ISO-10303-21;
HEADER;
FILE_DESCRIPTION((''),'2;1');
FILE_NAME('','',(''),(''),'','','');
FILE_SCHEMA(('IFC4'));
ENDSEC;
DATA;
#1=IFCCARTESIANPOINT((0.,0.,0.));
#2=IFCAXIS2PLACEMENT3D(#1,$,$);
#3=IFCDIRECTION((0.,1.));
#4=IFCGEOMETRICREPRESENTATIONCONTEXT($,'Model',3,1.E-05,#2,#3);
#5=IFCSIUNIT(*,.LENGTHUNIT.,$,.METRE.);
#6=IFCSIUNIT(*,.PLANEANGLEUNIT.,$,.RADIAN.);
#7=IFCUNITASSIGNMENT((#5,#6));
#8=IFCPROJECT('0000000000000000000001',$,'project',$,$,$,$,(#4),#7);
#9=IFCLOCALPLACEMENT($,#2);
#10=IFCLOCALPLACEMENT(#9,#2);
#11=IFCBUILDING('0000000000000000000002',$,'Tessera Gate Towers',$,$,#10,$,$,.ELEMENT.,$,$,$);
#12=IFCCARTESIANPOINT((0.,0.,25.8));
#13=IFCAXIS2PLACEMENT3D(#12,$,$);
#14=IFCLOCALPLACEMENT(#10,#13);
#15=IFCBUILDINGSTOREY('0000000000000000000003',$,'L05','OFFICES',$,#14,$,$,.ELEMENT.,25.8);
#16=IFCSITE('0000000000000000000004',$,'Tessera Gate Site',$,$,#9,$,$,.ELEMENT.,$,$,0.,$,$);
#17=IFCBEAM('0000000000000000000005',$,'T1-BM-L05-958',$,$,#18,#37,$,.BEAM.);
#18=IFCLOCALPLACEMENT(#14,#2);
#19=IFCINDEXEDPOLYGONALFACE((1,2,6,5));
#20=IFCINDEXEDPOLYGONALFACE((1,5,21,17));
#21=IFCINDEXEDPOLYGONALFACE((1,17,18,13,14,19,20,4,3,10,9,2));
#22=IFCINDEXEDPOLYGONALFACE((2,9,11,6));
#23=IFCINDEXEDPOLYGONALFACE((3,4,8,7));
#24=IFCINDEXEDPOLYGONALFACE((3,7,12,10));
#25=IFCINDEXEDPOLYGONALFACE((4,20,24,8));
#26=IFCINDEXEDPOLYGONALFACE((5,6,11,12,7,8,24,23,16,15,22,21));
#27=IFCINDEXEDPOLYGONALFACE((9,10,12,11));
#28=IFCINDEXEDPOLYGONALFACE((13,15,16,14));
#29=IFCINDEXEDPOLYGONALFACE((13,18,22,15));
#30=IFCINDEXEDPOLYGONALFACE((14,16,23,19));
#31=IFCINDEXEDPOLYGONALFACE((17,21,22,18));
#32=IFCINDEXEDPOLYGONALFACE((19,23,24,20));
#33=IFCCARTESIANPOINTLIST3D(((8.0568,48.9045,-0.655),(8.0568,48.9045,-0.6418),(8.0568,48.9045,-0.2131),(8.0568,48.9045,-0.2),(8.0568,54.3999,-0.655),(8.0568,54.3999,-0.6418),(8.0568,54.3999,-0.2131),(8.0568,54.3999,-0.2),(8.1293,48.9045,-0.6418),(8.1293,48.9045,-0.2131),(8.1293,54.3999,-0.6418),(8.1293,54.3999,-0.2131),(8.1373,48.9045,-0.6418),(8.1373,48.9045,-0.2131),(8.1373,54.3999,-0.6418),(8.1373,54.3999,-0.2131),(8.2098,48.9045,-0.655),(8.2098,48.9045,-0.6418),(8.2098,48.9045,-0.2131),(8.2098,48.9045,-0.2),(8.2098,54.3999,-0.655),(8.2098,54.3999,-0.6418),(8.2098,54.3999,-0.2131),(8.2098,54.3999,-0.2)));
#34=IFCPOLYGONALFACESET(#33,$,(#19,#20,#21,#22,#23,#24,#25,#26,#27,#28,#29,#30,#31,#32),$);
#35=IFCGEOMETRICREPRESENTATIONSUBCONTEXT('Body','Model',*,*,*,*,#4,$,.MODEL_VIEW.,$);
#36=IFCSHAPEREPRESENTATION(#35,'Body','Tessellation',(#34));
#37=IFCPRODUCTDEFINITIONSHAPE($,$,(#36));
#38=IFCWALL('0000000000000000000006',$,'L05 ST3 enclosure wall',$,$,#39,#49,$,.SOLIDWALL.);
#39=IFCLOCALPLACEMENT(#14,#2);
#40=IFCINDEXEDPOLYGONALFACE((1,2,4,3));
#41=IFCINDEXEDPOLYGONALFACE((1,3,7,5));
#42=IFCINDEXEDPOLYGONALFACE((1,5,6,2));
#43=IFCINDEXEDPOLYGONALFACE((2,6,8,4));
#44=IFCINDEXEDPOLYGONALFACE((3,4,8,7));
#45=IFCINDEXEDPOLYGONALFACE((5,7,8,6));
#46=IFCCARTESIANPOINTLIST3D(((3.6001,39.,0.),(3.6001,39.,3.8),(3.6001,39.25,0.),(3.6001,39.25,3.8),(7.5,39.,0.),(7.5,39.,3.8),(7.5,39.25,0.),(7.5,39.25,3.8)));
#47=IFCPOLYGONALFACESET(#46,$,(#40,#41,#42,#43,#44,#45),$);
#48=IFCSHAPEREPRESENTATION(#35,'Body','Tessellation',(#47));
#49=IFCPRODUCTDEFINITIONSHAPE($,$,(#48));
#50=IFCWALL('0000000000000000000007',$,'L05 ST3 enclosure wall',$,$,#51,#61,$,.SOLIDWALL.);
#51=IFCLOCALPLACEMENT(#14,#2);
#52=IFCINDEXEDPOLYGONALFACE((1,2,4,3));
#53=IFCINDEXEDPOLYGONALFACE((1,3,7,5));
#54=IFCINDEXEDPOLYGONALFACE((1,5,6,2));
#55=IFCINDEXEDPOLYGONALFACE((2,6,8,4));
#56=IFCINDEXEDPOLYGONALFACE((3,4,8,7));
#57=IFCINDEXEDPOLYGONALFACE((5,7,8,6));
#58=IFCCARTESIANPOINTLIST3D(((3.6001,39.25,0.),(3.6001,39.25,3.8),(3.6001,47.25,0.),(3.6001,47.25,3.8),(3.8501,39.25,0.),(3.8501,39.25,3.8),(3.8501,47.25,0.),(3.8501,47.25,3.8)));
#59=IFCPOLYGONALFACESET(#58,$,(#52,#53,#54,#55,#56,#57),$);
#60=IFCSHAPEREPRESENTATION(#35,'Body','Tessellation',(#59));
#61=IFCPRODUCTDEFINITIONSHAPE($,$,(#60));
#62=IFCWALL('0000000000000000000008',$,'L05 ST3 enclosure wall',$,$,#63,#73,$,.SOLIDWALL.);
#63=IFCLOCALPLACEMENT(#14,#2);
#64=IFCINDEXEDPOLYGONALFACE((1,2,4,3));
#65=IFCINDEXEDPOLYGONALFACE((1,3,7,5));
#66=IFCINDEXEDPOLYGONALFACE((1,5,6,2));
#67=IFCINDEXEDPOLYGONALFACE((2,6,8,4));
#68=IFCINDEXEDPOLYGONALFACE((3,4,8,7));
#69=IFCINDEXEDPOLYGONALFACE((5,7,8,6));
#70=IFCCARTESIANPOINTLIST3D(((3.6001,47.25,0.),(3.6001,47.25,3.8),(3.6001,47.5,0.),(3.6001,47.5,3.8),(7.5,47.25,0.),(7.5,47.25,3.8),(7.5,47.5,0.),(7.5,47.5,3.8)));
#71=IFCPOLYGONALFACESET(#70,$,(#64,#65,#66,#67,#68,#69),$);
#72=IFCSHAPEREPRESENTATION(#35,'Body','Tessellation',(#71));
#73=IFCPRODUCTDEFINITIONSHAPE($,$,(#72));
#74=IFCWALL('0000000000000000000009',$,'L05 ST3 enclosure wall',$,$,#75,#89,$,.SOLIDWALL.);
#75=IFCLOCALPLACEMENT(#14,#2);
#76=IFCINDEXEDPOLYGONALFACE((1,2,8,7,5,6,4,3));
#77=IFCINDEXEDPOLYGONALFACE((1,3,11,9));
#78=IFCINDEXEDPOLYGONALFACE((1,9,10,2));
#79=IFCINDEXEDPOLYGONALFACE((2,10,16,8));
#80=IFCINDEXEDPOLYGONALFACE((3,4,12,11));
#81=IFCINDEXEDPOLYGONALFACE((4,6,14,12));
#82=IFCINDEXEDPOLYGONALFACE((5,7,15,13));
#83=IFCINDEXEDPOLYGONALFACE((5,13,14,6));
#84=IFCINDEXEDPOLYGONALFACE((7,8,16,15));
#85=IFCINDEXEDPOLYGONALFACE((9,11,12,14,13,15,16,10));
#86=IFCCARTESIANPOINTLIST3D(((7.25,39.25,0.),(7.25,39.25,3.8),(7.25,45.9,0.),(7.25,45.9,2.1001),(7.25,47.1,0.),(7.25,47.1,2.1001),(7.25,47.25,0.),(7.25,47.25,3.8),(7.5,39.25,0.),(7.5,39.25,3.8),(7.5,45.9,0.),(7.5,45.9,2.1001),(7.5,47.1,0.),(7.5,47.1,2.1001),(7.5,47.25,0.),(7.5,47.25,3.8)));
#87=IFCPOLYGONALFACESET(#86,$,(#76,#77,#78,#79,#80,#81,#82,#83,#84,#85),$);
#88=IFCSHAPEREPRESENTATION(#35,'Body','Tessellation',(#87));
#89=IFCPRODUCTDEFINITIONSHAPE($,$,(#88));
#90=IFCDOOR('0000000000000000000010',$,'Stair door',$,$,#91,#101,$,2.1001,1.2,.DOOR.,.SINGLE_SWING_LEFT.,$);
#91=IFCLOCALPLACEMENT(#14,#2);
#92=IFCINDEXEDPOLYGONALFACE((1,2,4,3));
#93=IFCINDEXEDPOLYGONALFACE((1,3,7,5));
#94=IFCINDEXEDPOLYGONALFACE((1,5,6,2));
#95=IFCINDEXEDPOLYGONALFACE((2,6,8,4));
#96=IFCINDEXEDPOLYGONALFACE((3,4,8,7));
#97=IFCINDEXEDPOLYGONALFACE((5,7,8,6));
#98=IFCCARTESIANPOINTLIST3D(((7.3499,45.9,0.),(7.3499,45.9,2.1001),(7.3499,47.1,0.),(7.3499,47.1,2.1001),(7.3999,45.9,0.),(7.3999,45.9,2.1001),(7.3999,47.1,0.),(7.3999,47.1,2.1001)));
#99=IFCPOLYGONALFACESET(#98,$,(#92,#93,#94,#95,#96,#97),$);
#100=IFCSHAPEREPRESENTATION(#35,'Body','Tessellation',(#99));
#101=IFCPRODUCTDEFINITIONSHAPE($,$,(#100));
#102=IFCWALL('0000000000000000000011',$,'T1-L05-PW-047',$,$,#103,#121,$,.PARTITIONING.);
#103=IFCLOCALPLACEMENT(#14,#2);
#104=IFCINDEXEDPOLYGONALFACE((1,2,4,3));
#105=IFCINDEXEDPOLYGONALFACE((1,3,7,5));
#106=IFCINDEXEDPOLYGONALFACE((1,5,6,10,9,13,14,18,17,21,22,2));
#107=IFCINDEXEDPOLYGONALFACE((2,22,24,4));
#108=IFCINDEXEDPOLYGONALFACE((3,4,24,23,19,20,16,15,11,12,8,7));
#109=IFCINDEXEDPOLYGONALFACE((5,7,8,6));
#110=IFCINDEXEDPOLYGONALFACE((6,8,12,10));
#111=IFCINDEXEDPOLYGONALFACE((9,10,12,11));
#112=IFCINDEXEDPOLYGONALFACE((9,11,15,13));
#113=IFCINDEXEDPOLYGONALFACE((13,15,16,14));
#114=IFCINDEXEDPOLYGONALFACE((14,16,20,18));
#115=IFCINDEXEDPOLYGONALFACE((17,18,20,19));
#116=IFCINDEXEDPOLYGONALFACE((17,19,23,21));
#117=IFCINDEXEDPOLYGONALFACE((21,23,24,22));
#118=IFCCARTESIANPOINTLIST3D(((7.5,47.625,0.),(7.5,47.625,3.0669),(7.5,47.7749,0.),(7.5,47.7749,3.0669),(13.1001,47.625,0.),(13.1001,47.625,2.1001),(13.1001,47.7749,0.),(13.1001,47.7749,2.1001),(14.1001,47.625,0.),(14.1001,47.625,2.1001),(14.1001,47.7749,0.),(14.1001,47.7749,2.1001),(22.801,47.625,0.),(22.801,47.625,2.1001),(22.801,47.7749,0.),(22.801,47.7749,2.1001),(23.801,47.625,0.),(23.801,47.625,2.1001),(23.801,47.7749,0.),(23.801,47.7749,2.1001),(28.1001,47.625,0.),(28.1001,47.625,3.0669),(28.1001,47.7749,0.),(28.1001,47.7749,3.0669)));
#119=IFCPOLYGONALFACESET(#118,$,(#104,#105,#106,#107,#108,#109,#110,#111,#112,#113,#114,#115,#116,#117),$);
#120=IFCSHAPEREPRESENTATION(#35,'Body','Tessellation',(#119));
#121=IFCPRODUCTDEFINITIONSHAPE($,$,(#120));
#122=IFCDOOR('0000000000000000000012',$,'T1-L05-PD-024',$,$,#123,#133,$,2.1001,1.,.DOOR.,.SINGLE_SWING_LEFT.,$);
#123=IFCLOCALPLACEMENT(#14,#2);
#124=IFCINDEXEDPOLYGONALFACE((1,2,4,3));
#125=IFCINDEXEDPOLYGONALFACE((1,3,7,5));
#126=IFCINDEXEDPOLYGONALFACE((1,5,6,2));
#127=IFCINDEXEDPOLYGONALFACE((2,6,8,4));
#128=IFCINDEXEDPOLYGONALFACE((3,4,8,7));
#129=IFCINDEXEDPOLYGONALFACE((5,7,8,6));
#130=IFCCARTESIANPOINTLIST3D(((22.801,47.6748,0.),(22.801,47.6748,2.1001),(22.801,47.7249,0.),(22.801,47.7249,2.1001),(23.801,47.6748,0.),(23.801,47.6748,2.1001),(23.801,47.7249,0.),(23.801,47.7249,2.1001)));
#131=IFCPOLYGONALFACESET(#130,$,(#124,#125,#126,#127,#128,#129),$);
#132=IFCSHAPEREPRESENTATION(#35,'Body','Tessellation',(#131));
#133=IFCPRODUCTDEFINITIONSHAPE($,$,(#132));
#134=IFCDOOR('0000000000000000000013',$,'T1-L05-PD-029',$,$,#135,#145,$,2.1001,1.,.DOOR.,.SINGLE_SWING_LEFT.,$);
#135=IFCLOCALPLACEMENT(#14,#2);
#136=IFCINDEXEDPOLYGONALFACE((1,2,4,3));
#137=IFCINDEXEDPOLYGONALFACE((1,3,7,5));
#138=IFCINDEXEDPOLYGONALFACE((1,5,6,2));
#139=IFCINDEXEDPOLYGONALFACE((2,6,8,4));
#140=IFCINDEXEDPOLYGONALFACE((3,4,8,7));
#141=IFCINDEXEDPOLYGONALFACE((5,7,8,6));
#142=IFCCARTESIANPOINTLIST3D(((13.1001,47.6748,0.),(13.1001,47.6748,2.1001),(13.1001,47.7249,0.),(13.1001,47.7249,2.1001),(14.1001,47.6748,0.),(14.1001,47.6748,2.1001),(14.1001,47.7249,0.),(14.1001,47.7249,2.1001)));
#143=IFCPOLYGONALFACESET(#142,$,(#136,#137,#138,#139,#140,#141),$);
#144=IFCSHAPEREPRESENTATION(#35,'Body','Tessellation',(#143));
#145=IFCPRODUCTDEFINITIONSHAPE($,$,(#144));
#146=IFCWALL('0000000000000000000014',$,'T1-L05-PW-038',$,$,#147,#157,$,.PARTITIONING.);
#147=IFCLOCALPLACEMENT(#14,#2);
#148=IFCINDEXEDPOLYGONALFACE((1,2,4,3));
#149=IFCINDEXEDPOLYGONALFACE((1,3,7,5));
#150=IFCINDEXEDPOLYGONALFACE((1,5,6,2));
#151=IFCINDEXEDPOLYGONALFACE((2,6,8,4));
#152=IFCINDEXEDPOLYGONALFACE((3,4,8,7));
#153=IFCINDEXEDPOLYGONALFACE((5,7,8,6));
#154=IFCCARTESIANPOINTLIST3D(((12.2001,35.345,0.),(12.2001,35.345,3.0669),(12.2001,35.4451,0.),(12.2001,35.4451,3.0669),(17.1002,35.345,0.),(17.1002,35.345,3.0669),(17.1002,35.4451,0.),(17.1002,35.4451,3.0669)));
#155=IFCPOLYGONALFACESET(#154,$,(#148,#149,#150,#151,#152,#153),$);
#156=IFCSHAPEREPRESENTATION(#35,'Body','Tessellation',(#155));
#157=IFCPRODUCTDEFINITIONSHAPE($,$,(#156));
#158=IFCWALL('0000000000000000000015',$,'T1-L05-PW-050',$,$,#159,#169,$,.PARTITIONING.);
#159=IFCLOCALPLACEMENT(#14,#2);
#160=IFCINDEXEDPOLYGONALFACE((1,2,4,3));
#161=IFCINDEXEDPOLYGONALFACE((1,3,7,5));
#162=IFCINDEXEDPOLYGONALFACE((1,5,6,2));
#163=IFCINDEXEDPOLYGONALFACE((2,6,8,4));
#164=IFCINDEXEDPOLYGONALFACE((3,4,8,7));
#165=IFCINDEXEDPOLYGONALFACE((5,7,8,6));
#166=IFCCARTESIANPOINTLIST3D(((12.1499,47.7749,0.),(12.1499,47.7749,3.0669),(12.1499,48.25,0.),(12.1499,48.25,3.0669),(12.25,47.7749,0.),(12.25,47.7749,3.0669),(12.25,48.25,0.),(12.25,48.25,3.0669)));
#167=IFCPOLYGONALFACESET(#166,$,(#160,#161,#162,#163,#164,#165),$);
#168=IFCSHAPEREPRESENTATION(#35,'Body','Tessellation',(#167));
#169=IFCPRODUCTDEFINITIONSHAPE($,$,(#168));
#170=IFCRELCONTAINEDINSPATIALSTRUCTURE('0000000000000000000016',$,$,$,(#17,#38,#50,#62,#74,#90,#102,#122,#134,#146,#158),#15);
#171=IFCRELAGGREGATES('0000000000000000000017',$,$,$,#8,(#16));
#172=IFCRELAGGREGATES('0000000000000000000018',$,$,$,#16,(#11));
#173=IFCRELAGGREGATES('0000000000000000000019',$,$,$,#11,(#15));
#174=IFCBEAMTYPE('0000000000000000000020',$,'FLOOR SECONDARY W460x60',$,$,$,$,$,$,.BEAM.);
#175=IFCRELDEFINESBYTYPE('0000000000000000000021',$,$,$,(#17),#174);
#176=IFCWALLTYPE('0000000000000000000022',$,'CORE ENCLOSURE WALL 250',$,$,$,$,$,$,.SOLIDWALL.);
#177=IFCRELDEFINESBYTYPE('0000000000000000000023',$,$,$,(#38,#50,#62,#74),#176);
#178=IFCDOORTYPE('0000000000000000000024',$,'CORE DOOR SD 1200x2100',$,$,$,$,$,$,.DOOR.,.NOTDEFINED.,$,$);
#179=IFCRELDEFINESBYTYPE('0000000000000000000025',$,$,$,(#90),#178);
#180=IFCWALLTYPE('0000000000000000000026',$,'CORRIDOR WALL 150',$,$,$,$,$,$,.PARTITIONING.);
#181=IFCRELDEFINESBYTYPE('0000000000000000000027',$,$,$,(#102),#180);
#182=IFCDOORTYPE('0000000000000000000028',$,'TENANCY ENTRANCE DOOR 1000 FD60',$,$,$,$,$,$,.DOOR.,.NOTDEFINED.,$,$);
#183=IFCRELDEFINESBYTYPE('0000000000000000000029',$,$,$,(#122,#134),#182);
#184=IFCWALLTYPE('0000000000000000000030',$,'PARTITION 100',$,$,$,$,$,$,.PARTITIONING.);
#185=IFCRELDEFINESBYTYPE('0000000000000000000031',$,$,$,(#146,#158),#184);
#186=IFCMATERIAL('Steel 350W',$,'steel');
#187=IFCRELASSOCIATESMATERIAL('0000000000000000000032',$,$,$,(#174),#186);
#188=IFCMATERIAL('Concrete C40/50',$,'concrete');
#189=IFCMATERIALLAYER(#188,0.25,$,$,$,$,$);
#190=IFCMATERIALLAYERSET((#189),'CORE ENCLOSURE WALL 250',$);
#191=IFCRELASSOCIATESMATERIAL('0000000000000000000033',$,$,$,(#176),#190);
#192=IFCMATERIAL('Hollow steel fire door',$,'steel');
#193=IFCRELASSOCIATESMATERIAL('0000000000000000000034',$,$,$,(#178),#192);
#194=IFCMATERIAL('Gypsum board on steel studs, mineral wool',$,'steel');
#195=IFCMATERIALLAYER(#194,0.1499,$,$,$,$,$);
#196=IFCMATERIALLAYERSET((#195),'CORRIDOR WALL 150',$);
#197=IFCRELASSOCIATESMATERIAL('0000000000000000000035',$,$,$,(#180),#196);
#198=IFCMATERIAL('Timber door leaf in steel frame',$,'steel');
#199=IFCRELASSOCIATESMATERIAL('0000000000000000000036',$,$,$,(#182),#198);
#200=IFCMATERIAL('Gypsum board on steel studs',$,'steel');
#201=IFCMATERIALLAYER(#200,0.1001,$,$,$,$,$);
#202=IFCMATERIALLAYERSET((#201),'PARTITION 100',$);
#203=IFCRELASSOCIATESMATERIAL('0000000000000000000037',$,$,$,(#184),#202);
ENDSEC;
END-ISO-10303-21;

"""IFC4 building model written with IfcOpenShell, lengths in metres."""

from ifc_helpers import new_model, si_unit, direction, frame, frame_2d, origin, origin_2d, place, context, subcontext, project, spatial, rectangle, i_section, extrude, source, transform, mapped, material, layer, layer_set, material_profile, profile_set, type_object, element, fill, save


model = new_model("IFC4")

# Units and contexts
model_context = context("Model", 3, precision=1e-05, world=origin(), true_north=direction((0.0, 1.0)))
body_context = subcontext(model_context, "Body", "Model", "MODEL_VIEW")
ifc_project = project(units=[si_unit("LENGTHUNIT", "METRE"), si_unit("PLANEANGLEUNIT", "RADIAN")], contexts=[model_context])

# Site, building, storey
site_placement = place(None, origin())
site = spatial("IfcSite", under=ifc_project, at=site_placement, Name="Tessera Gate Site", CompositionType="ELEMENT", RefElevation=0.0)
building_placement = place(site_placement, origin())
building = spatial("IfcBuilding", under=site, at=building_placement, Name="Tessera Gate Towers", CompositionType="ELEMENT")
storey_placement = place(building_placement, frame((0.0, 0.0, 25.8)))
storey = spatial("IfcBuildingStorey", under=building, at=storey_placement, Name="L05", Description="OFFICES", CompositionType="ELEMENT", Elevation=25.8)

# Beam
ifc_material_1 = material(Name="Steel 350W", Category="steel")
ifc_material_profile_1 = material_profile(ifc_material_1, i_section(OverallWidth=0.1531, OverallDepth=0.4551, WebThickness=0.0081, FlangeThickness=0.0132, at=origin_2d()), Name="W460x60")
ifc_profile_set_1 = profile_set([ifc_material_profile_1], Name="Steel 350W")
beam_type_1 = type_object("IfcBeamType", Name="FLOOR SECONDARY W460x60", PredefinedType="BEAM", material=ifc_profile_set_1)
beam_1_placement = place(storey_placement, frame((8.1333, 48.9045, -0.4275), z_axis=(0.0, 1.0, 0.0), x_axis=(-1.0, 0.0, 0.0)))
element("IfcBeam", 1, at=beam_1_placement, inside=storey, type_object=beam_type_1, Name="T1-BM-L05-958", PredefinedType="BEAM", context=body_context, shape_type="SweptSolid", body=[
    extrude(i_section(OverallWidth=0.1531, OverallDepth=0.4551, WebThickness=0.0081, FlangeThickness=0.0132, at=origin_2d()), origin(), (0.0, 0.0, 1.0), 5.4954),
])

# Walls
ifc_material_2 = material(Name="Concrete C40/50", Category="concrete")
ifc_layer_1 = layer(ifc_material_2, 0.25)
ifc_layer_set_1 = layer_set([ifc_layer_1], Name="CORE ENCLOSURE WALL 250")
wall_type_1 = type_object("IfcWallType", Name="CORE ENCLOSURE WALL 250", PredefinedType="SOLIDWALL", material=ifc_layer_set_1)
wall_1_placement = place(storey_placement, frame((7.5, 39.125, 0.0), z_axis=(0.0, 0.0, 1.0), x_axis=(-1.0, 0.0, 0.0)))
element("IfcWall", 2, at=wall_1_placement, inside=storey, type_object=wall_type_1, Name="L05 ST3 enclosure wall", PredefinedType="SOLIDWALL", context=body_context, shape_type="SweptSolid", body=[
    extrude(rectangle(XDim=3.8999, YDim=0.25, at=frame_2d((1.95, 0.0))), origin(), (0.0, 0.0, 1.0), 3.8),
])
wall_2_placement = place(storey_placement, frame((3.7251, 39.25, 0.0), z_axis=(0.0, 0.0, 1.0), x_axis=(0.0, 1.0, 0.0)))
element("IfcWall", 3, at=wall_2_placement, inside=storey, type_object=wall_type_1, Name="L05 ST3 enclosure wall", PredefinedType="SOLIDWALL", context=body_context, shape_type="SweptSolid", body=[
    extrude(rectangle(XDim=8.0, YDim=0.25, at=frame_2d((4.0, 0.0))), origin(), (0.0, 0.0, 1.0), 3.8),
])
wall_3_placement = place(storey_placement, frame((3.6001, 47.375, 0.0), z_axis=(0.0, 0.0, 1.0), x_axis=(1.0, 0.0, 0.0)))
element("IfcWall", 4, at=wall_3_placement, inside=storey, type_object=wall_type_1, Name="L05 ST3 enclosure wall", PredefinedType="SOLIDWALL", context=body_context, shape_type="SweptSolid", body=[
    extrude(rectangle(XDim=3.8999, YDim=0.25, at=frame_2d((1.95, 0.0))), origin(), (0.0, 0.0, 1.0), 3.8),
])

# Wall, opening, door
wall_4_placement = place(storey_placement, frame((7.375, 47.25, 0.0), z_axis=(0.0, 0.0, 1.0), x_axis=(0.0, -1.0, 0.0)))
wall_4 = element("IfcWall", 5, at=wall_4_placement, inside=storey, type_object=wall_type_1, Name="L05 ST3 enclosure wall", PredefinedType="SOLIDWALL", context=body_context, shape_type="SweptSolid", body=[
    extrude(rectangle(XDim=8.0, YDim=0.25, at=frame_2d((4.0, 0.0))), origin(), (0.0, 0.0, 1.0), 3.8),
])
shared_shape_1 = source(origin(), body_context, "Body", "SweptSolid", [
    extrude(rectangle(XDim=1.2, YDim=2.1001, at=frame_2d((0.6001, 1.05))), frame((0.0, 0.135, 0.0), z_axis=(0.0, -1.0, 0.0), x_axis=(1.0, 0.0, 0.0)), (0.0, 0.0, 1.0), 0.27),
])
opening_1_placement = place(wall_4_placement, frame((0.1499, 0.0, 0.0)))
opening_1 = element("IfcOpeningElement", 6, at=opening_1_placement, cuts=wall_4, PredefinedType="OPENING", context=body_context, shape_type="MappedRepresentation", body=[
    mapped(shared_shape_1, transform((0.0, 0.0, 0.0), scale=1.0)),
])
ifc_material_3 = material(Name="Hollow steel fire door", Category="steel")
door_type_1 = type_object("IfcDoorType", Name="CORE DOOR SD 1200x2100", OperationType="NOTDEFINED", PredefinedType="DOOR", material=ifc_material_3)
shared_shape_2 = source(origin(), body_context, "Body", "SweptSolid", [
    extrude(rectangle(XDim=1.2, YDim=2.1001, at=frame_2d((0.6001, 1.05))), frame((0.0, 0.0249, 0.0), z_axis=(0.0, -1.0, 0.0), x_axis=(1.0, 0.0, 0.0)), (0.0, 0.0, 1.0), 0.05),
])
door_1_placement = place(opening_1_placement, origin())
door_1 = element("IfcDoor", 7, at=door_1_placement, inside=storey, type_object=door_type_1, Name="Stair door", OperationType="SINGLE_SWING_LEFT", OverallHeight=2.1001, OverallWidth=1.2, PredefinedType="DOOR", context=body_context, shape_type="MappedRepresentation", body=[
    mapped(shared_shape_2, transform((0.0, 0.0, 0.0), scale=1.0)),
])
fill(opening_1, door_1)

# Wall, openings, doors
ifc_material_4 = material(Name="Gypsum board on steel studs, mineral wool", Category="steel")
ifc_layer_2 = layer(ifc_material_4, 0.1499)
ifc_layer_set_2 = layer_set([ifc_layer_2], Name="CORRIDOR WALL 150")
wall_type_2 = type_object("IfcWallType", Name="CORRIDOR WALL 150", PredefinedType="PARTITIONING", material=ifc_layer_set_2)
wall_5_placement = place(storey_placement, frame((7.5, 47.7, 0.0), z_axis=(0.0, 0.0, 1.0), x_axis=(1.0, 0.0, 0.0)))
wall_5 = element("IfcWall", 8, at=wall_5_placement, inside=storey, type_object=wall_type_2, Name="T1-L05-PW-047", PredefinedType="PARTITIONING", context=body_context, shape_type="SweptSolid", body=[
    extrude(rectangle(XDim=20.6001, YDim=0.1499, at=frame_2d((10.3, 0.0))), origin(), (0.0, 0.0, 1.0), 3.0669),
])
shared_shape_3 = source(origin(), body_context, "Body", "SweptSolid", [
    extrude(rectangle(XDim=1.0, YDim=2.1001, at=frame_2d((0.5, 1.05))), frame((0.0, 0.085, 0.0), z_axis=(0.0, -1.0, 0.0), x_axis=(1.0, 0.0, 0.0)), (0.0, 0.0, 1.0), 0.1699),
])
opening_2_placement = place(wall_5_placement, frame((15.301, 0.0, 0.0)))
opening_2 = element("IfcOpeningElement", 9, at=opening_2_placement, cuts=wall_5, PredefinedType="OPENING", context=body_context, shape_type="MappedRepresentation", body=[
    mapped(shared_shape_3, transform((0.0, 0.0, 0.0), scale=1.0)),
])
opening_3_placement = place(wall_5_placement, frame((5.6001, 0.0, 0.0)))
opening_3 = element("IfcOpeningElement", 10, at=opening_3_placement, cuts=wall_5, PredefinedType="OPENING", context=body_context, shape_type="MappedRepresentation", body=[
    mapped(shared_shape_3, transform((0.0, 0.0, 0.0), scale=1.0)),
])
ifc_material_5 = material(Name="Timber door leaf in steel frame", Category="steel")
door_type_2 = type_object("IfcDoorType", Name="TENANCY ENTRANCE DOOR 1000 FD60", OperationType="NOTDEFINED", PredefinedType="DOOR", material=ifc_material_5)
shared_shape_4 = source(origin(), body_context, "Body", "SweptSolid", [
    extrude(rectangle(XDim=1.0, YDim=2.1001, at=frame_2d((0.5, 1.05))), frame((0.0, 0.0249, 0.0), z_axis=(0.0, -1.0, 0.0), x_axis=(1.0, 0.0, 0.0)), (0.0, 0.0, 1.0), 0.05),
])
door_2_placement = place(opening_2_placement, origin())
door_2 = element("IfcDoor", 11, at=door_2_placement, inside=storey, type_object=door_type_2, Name="T1-L05-PD-024", OperationType="SINGLE_SWING_LEFT", OverallHeight=2.1001, OverallWidth=1.0, PredefinedType="DOOR", context=body_context, shape_type="MappedRepresentation", body=[
    mapped(shared_shape_4, transform((0.0, 0.0, 0.0), scale=1.0)),
])
fill(opening_2, door_2)
door_3_placement = place(opening_3_placement, origin())
door_3 = element("IfcDoor", 12, at=door_3_placement, inside=storey, type_object=door_type_2, Name="T1-L05-PD-029", OperationType="SINGLE_SWING_LEFT", OverallHeight=2.1001, OverallWidth=1.0, PredefinedType="DOOR", context=body_context, shape_type="MappedRepresentation", body=[
    mapped(shared_shape_4, transform((0.0, 0.0, 0.0), scale=1.0)),
])
fill(opening_3, door_3)

# Walls
ifc_material_6 = material(Name="Gypsum board on steel studs", Category="steel")
ifc_layer_3 = layer(ifc_material_6, 0.1001)
ifc_layer_set_3 = layer_set([ifc_layer_3], Name="PARTITION 100")
wall_type_3 = type_object("IfcWallType", Name="PARTITION 100", PredefinedType="PARTITIONING", material=ifc_layer_set_3)
wall_6_placement = place(storey_placement, frame((12.2, 35.395, 0.0), z_axis=(0.0, 0.0, 1.0), x_axis=(1.0, 0.0, 0.0)))
element("IfcWall", 13, at=wall_6_placement, inside=storey, type_object=wall_type_3, Name="T1-L05-PW-038", PredefinedType="PARTITIONING", context=body_context, shape_type="SweptSolid", body=[
    extrude(rectangle(XDim=4.9001, YDim=0.1001, at=frame_2d((2.4502, 0.0))), origin(), (0.0, 0.0, 1.0), 3.0669),
])
wall_7_placement = place(storey_placement, frame((12.2, 48.25, 0.0), z_axis=(0.0, 0.0, 1.0), x_axis=(0.0, -1.0, 0.0)))
element("IfcWall", 14, at=wall_7_placement, inside=storey, type_object=wall_type_3, Name="T1-L05-PW-050", PredefinedType="PARTITIONING", context=body_context, shape_type="SweptSolid", body=[
    extrude(rectangle(XDim=0.4751, YDim=0.1001, at=frame_2d((0.2375, 0.0))), origin(), (0.0, 0.0, 1.0), 3.0669),
])

save(model, "model.ifc")
